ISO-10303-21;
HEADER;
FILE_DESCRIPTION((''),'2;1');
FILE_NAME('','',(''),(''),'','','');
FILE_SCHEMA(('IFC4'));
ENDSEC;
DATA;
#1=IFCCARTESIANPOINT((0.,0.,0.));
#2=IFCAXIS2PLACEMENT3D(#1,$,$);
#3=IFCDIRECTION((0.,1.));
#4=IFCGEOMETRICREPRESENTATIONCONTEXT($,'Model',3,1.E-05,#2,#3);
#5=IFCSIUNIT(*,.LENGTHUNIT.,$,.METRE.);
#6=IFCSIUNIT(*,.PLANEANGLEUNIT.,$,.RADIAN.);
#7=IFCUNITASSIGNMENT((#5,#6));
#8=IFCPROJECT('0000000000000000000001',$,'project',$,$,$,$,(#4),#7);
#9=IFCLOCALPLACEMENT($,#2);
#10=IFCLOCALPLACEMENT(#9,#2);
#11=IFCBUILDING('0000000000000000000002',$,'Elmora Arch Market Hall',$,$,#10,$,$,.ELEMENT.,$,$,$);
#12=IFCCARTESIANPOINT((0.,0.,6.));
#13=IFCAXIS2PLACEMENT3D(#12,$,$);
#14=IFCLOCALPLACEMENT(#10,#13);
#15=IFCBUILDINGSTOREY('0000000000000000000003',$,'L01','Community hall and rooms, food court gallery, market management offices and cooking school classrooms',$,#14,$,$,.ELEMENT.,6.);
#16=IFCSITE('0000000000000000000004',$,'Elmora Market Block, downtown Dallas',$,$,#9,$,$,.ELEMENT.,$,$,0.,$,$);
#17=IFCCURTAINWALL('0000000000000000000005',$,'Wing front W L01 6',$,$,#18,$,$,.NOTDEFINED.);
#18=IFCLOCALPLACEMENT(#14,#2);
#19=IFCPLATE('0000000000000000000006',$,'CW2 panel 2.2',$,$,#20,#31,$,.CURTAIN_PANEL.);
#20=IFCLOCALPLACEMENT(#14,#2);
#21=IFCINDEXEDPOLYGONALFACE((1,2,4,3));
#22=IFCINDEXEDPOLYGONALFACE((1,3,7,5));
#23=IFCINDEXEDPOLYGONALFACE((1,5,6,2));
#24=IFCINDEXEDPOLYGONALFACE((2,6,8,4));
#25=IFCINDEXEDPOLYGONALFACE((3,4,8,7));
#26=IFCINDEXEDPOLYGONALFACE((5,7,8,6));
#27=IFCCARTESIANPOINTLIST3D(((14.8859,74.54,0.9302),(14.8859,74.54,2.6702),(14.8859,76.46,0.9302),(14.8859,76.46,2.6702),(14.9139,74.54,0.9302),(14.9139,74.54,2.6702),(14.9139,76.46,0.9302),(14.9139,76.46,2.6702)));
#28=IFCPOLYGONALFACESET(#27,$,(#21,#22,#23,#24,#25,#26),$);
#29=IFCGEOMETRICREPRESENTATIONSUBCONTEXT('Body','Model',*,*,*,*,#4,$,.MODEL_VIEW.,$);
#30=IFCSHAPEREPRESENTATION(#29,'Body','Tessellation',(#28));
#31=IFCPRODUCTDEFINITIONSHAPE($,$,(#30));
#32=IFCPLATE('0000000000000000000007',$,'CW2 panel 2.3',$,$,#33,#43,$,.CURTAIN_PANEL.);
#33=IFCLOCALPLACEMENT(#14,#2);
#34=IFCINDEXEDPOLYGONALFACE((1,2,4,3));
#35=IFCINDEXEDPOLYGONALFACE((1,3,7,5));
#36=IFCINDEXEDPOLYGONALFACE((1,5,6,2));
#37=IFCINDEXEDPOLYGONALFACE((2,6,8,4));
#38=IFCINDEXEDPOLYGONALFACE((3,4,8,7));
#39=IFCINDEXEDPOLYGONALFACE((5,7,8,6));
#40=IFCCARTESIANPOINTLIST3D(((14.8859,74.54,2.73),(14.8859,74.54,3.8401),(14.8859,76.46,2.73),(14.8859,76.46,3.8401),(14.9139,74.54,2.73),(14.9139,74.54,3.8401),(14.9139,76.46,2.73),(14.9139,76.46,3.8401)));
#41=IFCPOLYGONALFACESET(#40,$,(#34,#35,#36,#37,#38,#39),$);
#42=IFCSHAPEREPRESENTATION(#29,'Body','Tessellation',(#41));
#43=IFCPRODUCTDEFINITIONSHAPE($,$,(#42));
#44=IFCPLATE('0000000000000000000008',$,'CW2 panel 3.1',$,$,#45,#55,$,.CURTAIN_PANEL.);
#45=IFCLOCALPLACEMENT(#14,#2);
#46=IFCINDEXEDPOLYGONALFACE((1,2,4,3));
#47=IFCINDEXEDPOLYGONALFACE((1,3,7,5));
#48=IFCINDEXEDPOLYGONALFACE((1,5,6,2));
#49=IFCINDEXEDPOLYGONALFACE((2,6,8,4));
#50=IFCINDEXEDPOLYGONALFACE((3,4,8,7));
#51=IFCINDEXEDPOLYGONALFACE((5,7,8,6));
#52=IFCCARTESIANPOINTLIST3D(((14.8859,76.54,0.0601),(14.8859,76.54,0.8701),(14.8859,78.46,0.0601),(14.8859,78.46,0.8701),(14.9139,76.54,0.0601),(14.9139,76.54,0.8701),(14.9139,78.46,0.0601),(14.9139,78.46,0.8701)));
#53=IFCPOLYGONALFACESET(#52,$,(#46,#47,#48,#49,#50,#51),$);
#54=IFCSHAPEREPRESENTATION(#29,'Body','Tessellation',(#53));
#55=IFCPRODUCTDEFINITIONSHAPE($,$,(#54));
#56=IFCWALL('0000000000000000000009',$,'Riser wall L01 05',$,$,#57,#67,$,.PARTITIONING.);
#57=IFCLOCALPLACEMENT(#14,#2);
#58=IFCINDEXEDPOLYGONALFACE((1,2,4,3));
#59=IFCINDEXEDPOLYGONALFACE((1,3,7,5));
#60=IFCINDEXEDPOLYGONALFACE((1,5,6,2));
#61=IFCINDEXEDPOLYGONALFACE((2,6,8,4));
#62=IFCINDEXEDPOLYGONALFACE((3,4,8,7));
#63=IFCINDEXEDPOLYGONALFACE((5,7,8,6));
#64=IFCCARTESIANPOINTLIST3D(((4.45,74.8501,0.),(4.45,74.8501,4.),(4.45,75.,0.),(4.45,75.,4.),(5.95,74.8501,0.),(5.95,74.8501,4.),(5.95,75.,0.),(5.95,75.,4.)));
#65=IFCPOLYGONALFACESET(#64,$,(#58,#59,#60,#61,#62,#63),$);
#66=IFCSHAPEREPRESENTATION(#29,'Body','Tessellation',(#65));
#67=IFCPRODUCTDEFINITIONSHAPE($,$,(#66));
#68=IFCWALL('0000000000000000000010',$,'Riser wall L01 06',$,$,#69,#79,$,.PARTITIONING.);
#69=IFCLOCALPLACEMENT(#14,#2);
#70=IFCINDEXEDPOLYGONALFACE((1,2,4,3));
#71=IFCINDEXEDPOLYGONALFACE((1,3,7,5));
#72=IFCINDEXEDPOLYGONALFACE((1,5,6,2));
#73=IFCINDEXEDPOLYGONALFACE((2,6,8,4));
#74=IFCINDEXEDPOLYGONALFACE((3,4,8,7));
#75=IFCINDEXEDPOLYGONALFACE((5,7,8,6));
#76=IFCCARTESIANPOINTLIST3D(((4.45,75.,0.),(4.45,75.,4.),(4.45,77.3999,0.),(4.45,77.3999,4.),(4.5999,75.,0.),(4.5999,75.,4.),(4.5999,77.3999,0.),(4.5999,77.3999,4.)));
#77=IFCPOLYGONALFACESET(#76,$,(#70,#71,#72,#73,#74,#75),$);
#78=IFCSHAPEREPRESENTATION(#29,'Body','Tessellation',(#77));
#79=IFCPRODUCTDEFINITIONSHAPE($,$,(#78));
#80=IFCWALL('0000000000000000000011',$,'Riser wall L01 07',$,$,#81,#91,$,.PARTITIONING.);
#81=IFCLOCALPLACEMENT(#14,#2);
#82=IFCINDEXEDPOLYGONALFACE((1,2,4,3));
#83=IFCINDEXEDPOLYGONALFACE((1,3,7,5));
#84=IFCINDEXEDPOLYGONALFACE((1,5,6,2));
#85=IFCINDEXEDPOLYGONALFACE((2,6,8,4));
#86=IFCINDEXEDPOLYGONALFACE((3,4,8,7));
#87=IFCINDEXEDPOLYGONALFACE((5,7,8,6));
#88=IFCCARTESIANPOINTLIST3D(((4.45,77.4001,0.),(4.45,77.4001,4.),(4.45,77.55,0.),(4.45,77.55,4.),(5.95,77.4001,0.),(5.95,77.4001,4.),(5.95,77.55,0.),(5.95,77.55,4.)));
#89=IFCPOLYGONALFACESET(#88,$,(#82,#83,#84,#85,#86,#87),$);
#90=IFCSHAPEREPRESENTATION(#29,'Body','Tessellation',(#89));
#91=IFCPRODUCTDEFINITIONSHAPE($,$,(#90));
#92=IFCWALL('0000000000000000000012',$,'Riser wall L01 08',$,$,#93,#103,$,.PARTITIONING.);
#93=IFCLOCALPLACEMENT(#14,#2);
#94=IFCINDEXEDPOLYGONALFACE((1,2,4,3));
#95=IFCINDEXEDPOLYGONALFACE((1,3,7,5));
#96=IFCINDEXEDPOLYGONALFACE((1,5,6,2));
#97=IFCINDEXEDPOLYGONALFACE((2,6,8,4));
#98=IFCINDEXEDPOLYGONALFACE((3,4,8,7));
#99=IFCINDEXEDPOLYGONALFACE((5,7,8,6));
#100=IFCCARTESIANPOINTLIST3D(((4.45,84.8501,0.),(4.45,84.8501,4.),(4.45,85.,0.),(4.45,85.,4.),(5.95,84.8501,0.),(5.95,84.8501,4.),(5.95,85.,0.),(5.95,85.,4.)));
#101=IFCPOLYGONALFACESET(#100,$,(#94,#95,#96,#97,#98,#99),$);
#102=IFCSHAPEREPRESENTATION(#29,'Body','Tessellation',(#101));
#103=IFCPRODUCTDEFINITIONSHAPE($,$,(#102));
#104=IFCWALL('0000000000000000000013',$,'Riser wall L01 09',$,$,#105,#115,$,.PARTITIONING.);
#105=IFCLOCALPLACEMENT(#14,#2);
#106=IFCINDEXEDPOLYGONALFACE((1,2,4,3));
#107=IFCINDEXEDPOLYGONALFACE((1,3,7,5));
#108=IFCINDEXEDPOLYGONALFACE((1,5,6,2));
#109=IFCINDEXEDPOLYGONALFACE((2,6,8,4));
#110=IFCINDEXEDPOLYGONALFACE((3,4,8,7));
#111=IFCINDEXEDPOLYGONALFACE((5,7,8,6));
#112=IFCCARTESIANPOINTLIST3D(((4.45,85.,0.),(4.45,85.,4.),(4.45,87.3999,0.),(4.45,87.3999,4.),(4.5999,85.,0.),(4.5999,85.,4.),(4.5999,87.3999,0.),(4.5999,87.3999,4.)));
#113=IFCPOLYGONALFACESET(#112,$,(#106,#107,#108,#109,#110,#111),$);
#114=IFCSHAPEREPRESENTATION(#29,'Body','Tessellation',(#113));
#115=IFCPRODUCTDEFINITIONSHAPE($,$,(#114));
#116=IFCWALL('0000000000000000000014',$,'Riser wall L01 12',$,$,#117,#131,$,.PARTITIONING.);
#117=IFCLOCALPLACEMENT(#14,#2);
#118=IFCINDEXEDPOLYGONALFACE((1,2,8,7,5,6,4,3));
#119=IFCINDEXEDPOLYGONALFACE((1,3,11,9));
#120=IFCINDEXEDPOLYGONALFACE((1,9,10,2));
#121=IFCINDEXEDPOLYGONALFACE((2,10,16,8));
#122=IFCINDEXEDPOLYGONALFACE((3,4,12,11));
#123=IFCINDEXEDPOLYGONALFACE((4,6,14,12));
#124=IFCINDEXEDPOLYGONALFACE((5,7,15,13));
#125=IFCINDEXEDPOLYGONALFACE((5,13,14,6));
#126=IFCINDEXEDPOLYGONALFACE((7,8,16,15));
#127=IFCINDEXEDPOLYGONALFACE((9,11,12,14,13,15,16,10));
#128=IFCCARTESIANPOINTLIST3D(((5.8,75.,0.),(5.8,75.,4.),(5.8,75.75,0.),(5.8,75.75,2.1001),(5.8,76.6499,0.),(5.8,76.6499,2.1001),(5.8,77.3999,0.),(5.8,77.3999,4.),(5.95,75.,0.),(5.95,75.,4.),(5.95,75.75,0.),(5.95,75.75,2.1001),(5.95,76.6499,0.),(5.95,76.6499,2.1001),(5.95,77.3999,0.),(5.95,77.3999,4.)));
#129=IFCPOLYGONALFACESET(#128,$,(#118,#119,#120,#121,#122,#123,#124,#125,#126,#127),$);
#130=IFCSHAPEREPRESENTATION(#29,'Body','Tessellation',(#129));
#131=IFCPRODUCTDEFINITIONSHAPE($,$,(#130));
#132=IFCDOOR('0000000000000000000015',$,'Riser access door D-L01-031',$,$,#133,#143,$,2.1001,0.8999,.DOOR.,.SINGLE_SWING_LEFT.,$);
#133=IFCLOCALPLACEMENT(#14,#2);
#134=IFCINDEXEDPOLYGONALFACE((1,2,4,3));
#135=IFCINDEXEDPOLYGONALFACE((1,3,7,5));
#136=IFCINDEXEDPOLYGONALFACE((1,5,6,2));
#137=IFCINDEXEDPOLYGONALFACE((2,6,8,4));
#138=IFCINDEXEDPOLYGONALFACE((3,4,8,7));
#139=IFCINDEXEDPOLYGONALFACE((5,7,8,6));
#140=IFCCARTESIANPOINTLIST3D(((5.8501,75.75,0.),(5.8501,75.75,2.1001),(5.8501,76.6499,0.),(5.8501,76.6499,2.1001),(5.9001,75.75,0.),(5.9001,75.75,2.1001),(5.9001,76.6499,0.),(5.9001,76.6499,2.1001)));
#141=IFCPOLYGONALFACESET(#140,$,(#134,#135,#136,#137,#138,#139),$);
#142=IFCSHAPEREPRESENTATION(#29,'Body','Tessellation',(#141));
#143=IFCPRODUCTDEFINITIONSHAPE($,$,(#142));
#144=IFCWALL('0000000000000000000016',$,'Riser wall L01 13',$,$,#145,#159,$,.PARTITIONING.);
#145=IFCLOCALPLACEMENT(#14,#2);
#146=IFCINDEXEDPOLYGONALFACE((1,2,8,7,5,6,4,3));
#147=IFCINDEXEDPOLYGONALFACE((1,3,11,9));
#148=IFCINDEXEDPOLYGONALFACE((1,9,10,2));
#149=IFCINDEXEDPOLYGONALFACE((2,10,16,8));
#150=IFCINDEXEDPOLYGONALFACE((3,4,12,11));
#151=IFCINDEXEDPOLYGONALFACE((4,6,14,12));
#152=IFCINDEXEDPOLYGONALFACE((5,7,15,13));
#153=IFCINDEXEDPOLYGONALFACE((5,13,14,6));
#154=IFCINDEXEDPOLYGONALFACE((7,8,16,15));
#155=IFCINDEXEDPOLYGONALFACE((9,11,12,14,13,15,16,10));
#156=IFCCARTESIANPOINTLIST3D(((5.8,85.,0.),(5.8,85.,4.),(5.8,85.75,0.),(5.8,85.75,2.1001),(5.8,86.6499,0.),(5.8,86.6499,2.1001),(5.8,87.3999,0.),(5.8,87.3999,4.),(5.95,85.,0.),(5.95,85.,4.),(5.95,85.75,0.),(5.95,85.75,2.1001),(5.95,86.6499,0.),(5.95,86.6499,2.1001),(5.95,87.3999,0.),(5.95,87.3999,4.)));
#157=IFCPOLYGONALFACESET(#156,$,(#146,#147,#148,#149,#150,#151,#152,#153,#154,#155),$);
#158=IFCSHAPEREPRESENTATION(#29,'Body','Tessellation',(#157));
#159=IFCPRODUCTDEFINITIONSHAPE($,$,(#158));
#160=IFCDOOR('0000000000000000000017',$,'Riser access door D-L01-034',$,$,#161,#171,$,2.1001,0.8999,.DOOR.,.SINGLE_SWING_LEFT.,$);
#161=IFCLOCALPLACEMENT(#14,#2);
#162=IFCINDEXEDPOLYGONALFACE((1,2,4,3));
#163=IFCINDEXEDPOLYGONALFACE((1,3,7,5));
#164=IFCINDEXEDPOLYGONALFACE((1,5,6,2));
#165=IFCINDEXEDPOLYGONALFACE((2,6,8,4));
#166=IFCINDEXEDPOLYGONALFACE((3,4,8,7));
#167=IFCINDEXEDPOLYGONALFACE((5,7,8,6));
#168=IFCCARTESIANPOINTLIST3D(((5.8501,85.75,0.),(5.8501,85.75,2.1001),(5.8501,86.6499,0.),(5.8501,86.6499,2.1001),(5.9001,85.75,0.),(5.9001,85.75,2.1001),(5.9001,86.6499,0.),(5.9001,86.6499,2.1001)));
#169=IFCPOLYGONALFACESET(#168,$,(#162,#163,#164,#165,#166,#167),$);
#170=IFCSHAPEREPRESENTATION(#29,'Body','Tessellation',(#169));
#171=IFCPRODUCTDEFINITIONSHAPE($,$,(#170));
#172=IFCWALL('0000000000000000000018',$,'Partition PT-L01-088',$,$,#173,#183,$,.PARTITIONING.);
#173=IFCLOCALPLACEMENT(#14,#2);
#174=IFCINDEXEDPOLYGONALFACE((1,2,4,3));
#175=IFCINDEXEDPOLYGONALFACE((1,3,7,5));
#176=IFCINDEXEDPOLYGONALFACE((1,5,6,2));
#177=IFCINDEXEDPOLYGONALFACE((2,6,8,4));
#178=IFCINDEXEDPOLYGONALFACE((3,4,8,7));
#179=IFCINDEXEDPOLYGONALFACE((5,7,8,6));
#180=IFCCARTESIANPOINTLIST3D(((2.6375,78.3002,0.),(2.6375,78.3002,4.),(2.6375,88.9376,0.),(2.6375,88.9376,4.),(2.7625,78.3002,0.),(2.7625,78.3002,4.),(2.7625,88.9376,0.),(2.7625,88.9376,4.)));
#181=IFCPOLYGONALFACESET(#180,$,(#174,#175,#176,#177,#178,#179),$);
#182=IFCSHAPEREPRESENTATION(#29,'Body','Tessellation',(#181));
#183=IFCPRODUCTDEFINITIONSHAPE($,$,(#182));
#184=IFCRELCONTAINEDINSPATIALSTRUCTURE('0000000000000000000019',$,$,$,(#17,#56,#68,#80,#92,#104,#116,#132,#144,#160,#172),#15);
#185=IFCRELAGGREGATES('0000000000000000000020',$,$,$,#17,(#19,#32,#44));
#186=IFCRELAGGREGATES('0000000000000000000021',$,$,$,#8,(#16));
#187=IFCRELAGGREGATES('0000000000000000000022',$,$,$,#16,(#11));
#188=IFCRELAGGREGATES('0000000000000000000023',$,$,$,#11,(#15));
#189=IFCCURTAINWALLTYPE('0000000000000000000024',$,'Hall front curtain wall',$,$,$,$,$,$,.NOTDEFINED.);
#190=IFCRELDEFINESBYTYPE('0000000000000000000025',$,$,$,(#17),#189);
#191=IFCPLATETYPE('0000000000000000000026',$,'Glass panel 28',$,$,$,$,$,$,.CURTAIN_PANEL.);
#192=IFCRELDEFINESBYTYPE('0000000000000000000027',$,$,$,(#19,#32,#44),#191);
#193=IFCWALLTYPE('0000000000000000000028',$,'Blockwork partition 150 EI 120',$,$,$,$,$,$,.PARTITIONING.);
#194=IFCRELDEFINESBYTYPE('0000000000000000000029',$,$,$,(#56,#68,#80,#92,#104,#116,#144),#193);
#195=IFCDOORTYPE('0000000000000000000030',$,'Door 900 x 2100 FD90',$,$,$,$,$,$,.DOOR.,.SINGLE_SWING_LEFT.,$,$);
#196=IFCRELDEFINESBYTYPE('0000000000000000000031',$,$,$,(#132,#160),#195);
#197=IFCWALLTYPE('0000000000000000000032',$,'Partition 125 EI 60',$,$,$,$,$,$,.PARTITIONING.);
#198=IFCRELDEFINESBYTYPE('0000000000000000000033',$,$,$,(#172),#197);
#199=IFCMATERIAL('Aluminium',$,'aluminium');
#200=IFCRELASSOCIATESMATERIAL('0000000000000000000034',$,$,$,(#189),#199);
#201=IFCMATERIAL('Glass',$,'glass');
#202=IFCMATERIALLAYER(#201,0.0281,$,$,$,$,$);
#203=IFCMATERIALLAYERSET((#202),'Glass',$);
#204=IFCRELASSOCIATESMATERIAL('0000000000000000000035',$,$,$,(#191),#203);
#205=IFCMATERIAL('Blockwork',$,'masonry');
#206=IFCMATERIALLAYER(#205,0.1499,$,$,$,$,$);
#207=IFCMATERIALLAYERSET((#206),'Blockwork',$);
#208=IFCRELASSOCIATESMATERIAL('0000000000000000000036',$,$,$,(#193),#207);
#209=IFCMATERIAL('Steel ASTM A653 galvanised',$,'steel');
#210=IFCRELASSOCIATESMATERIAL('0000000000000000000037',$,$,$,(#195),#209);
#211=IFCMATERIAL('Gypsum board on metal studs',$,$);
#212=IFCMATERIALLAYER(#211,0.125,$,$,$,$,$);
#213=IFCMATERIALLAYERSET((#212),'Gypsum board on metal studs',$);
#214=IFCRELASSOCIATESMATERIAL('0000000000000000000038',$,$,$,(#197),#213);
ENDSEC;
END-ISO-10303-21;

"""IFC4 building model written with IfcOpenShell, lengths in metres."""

from ifc_helpers import new_model, si_unit, direction, frame, frame_2d, origin, origin_2d, place, context, subcontext, project, spatial, rectangle, extrude, material, layer, layer_set, type_object, element, fill, aggregate, save


model = new_model("IFC4")

# Units and contexts
model_context = context("Model", 3, precision=1e-05, world=origin(), true_north=direction((0.0, 1.0)))
body_context = subcontext(model_context, "Body", "Model", "MODEL_VIEW")
ifc_project = project(units=[si_unit("LENGTHUNIT", "METRE"), si_unit("PLANEANGLEUNIT", "RADIAN")], contexts=[model_context])

# Site, building, storey
site_placement = place(None, origin())
site = spatial("IfcSite", under=ifc_project, at=site_placement, Name="Elmora Market Block, downtown Dallas", CompositionType="ELEMENT", RefElevation=0.0)
building_placement = place(site_placement, origin())
building = spatial("IfcBuilding", under=site, at=building_placement, Name="Elmora Arch Market Hall", CompositionType="ELEMENT")
storey_placement = place(building_placement, frame((0.0, 0.0, 6.0)))
storey = spatial("IfcBuildingStorey", under=building, at=storey_placement, Name="L01", Description="Community hall and rooms, food court gallery, market management offices and cooking school classrooms", CompositionType="ELEMENT", Elevation=6.0)

# Curtain wall
ifc_material_1 = material(Name="Aluminium", Category="aluminium")
curtain_wall_type = type_object("IfcCurtainWallType", Name="Hall front curtain wall", PredefinedType="NOTDEFINED", material=ifc_material_1)
curtain_wall_placement = place(storey_placement, origin())
curtain_wall = element("IfcCurtainWall", 1, at=curtain_wall_placement, inside=storey, type_object=curtain_wall_type, Name="Wing front W L01 6", PredefinedType="NOTDEFINED")

# Plates
ifc_material_2 = material(Name="Glass", Category="glass")
ifc_layer_1 = layer(ifc_material_2, 0.0281)
ifc_layer_set_1 = layer_set([ifc_layer_1], Name="Glass")
plate_type = type_object("IfcPlateType", Name="Glass panel 28", PredefinedType="CURTAIN_PANEL", material=ifc_layer_set_1)
plate_1_placement = place(storey_placement, frame((14.8999, 75.5, 0.9302), z_axis=(0.0, 0.0, 1.0), x_axis=(0.0, 1.0, 0.0)))
plate_1 = element("IfcPlate", 2, at=plate_1_placement, type_object=plate_type, Name="CW2 panel 2.2", PredefinedType="CURTAIN_PANEL", context=body_context, shape_type="SweptSolid", body=[
    extrude(rectangle(XDim=1.9199, YDim=0.0281, at=origin_2d()), origin(), (0.0, 0.0, 1.0), 1.74),
])
plate_2_placement = place(storey_placement, frame((14.8999, 75.5, 2.73), z_axis=(0.0, 0.0, 1.0), x_axis=(0.0, 1.0, 0.0)))
plate_2 = element("IfcPlate", 3, at=plate_2_placement, type_object=plate_type, Name="CW2 panel 2.3", PredefinedType="CURTAIN_PANEL", context=body_context, shape_type="SweptSolid", body=[
    extrude(rectangle(XDim=1.9199, YDim=0.0281, at=origin_2d()), origin(), (0.0, 0.0, 1.0), 1.1101),
])
plate_3_placement = place(storey_placement, frame((14.8999, 77.5, 0.0601), z_axis=(0.0, 0.0, 1.0), x_axis=(0.0, 1.0, 0.0)))
plate_3 = element("IfcPlate", 4, at=plate_3_placement, type_object=plate_type, Name="CW2 panel 3.1", PredefinedType="CURTAIN_PANEL", context=body_context, shape_type="SweptSolid", body=[
    extrude(rectangle(XDim=1.9199, YDim=0.0281, at=origin_2d()), origin(), (0.0, 0.0, 1.0), 0.8101),
])
aggregate(curtain_wall, [plate_1, plate_2, plate_3])

# Walls
ifc_material_3 = material(Name="Blockwork", Category="masonry")
ifc_layer_2 = layer(ifc_material_3, 0.1499)
ifc_layer_set_2 = layer_set([ifc_layer_2], Name="Blockwork")
wall_type_1 = type_object("IfcWallType", Name="Blockwork partition 150 EI 120", PredefinedType="PARTITIONING", material=ifc_layer_set_2)
wall_1_placement = place(storey_placement, frame((4.45, 74.925, 0.0), z_axis=(0.0, 0.0, 1.0), x_axis=(1.0, 0.0, 0.0)))
element("IfcWall", 5, at=wall_1_placement, inside=storey, type_object=wall_type_1, Name="Riser wall L01 05", PredefinedType="PARTITIONING", context=body_context, shape_type="SweptSolid", body=[
    extrude(rectangle(XDim=1.5, YDim=0.1499, at=frame_2d((0.75, 0.0))), origin(), (0.0, 0.0, 1.0), 4.0),
])
wall_2_placement = place(storey_placement, frame((4.5249, 75.0, 0.0), z_axis=(0.0, 0.0, 1.0), x_axis=(0.0, 1.0, 0.0)))
element("IfcWall", 6, at=wall_2_placement, inside=storey, type_object=wall_type_1, Name="Riser wall L01 06", PredefinedType="PARTITIONING", context=body_context, shape_type="SweptSolid", body=[
    extrude(rectangle(XDim=2.3999, YDim=0.1499, at=frame_2d((1.2, 0.0))), origin(), (0.0, 0.0, 1.0), 4.0),
])
for number, where, z_axis, x_axis, name in (
    (7, (4.45, 77.4751, 0.0), (0.0, 0.0, 1.0), (1.0, 0.0, 0.0), "Riser wall L01 07"),
    (8, (4.45, 84.925, 0.0), (0.0, 0.0, 1.0), (1.0, 0.0, 0.0), "Riser wall L01 08"),
):
    element("IfcWall", number, at=place(storey_placement, frame(where, z_axis=z_axis, x_axis=x_axis)), inside=storey, type_object=wall_type_1, Name=name, PredefinedType="PARTITIONING", context=body_context, shape_type="SweptSolid", body=[
        extrude(rectangle(XDim=1.5, YDim=0.1499, at=frame_2d((0.75, 0.0))), origin(), (0.0, 0.0, 1.0), 4.0),
    ])
wall_3_placement = place(storey_placement, frame((4.5249, 85.0, 0.0), z_axis=(0.0, 0.0, 1.0), x_axis=(0.0, 1.0, 0.0)))
element("IfcWall", 9, at=wall_3_placement, inside=storey, type_object=wall_type_1, Name="Riser wall L01 09", PredefinedType="PARTITIONING", context=body_context, shape_type="SweptSolid", body=[
    extrude(rectangle(XDim=2.3999, YDim=0.1499, at=frame_2d((1.2, 0.0))), origin(), (0.0, 0.0, 1.0), 4.0),
])

# Walls, openings, doors
wall_4_placement = place(storey_placement, frame((5.875, 75.0, 0.0), z_axis=(0.0, 0.0, 1.0), x_axis=(0.0, 1.0, 0.0)))
wall_4 = element("IfcWall", 10, at=wall_4_placement, inside=storey, type_object=wall_type_1, Name="Riser wall L01 12", PredefinedType="PARTITIONING", context=body_context, shape_type="SweptSolid", body=[
    extrude(rectangle(XDim=2.3999, YDim=0.1499, at=frame_2d((1.2, 0.0))), origin(), (0.0, 0.0, 1.0), 4.0),
])
opening_1_placement = place(wall_4_placement, frame((0.75, 0.0, 0.0)))
opening_1 = element("IfcOpeningElement", 11, at=opening_1_placement, cuts=wall_4, PredefinedType="OPENING", context=body_context, shape_type="SweptSolid", body=[
    extrude(rectangle(XDim=0.8999, YDim=2.1001, at=frame_2d((0.45, 1.05))), frame((0.0, 0.085, 0.0), z_axis=(0.0, -1.0, 0.0), x_axis=(1.0, 0.0, 0.0)), (0.0, 0.0, 1.0), 0.1699),
])
ifc_material_4 = material(Name="Steel ASTM A653 galvanised", Category="steel")
door_type = type_object("IfcDoorType", Name="Door 900 x 2100 FD90", OperationType="SINGLE_SWING_LEFT", PredefinedType="DOOR", material=ifc_material_4)
door_1_placement = place(opening_1_placement, origin())
door_1 = element("IfcDoor", 12, at=door_1_placement, inside=storey, type_object=door_type, Name="Riser access door D-L01-031", OperationType="SINGLE_SWING_LEFT", OverallHeight=2.1001, OverallWidth=0.8999, PredefinedType="DOOR", context=body_context, shape_type="SweptSolid", body=[
    extrude(rectangle(XDim=0.8999, YDim=2.1001, at=frame_2d((0.45, 1.05))), frame((0.0, 0.0249, 0.0), z_axis=(0.0, -1.0, 0.0), x_axis=(1.0, 0.0, 0.0)), (0.0, 0.0, 1.0), 0.05),
])
fill(opening_1, door_1)
wall_5_placement = place(storey_placement, frame((5.875, 85.0, 0.0), z_axis=(0.0, 0.0, 1.0), x_axis=(0.0, 1.0, 0.0)))
wall_5 = element("IfcWall", 13, at=wall_5_placement, inside=storey, type_object=wall_type_1, Name="Riser wall L01 13", PredefinedType="PARTITIONING", context=body_context, shape_type="SweptSolid", body=[
    extrude(rectangle(XDim=2.3999, YDim=0.1499, at=frame_2d((1.2, 0.0))), origin(), (0.0, 0.0, 1.0), 4.0),
])
opening_2_placement = place(wall_5_placement, frame((0.75, 0.0, 0.0)))
opening_2 = element("IfcOpeningElement", 14, at=opening_2_placement, cuts=wall_5, PredefinedType="OPENING", context=body_context, shape_type="SweptSolid", body=[
    extrude(rectangle(XDim=0.8999, YDim=2.1001, at=frame_2d((0.45, 1.05))), frame((0.0, 0.085, 0.0), z_axis=(0.0, -1.0, 0.0), x_axis=(1.0, 0.0, 0.0)), (0.0, 0.0, 1.0), 0.1699),
])
door_2_placement = place(opening_2_placement, origin())
door_2 = element("IfcDoor", 15, at=door_2_placement, inside=storey, type_object=door_type, Name="Riser access door D-L01-034", OperationType="SINGLE_SWING_LEFT", OverallHeight=2.1001, OverallWidth=0.8999, PredefinedType="DOOR", context=body_context, shape_type="SweptSolid", body=[
    extrude(rectangle(XDim=0.8999, YDim=2.1001, at=frame_2d((0.45, 1.05))), frame((0.0, 0.0249, 0.0), z_axis=(0.0, -1.0, 0.0), x_axis=(1.0, 0.0, 0.0)), (0.0, 0.0, 1.0), 0.05),
])
fill(opening_2, door_2)

# Wall
ifc_material_5 = material(Name="Gypsum board on metal studs")
ifc_layer_3 = layer(ifc_material_5, 0.125)
ifc_layer_set_3 = layer_set([ifc_layer_3], Name="Gypsum board on metal studs")
wall_type_2 = type_object("IfcWallType", Name="Partition 125 EI 60", PredefinedType="PARTITIONING", material=ifc_layer_set_3)
wall_6_placement = place(storey_placement, frame((2.7, 78.3, 0.0), z_axis=(0.0, 0.0, 1.0), x_axis=(0.0, 1.0, 0.0)))
element("IfcWall", 16, at=wall_6_placement, inside=storey, type_object=wall_type_2, Name="Partition PT-L01-088", PredefinedType="PARTITIONING", context=body_context, shape_type="SweptSolid", body=[
    extrude(rectangle(XDim=10.6375, YDim=0.125, at=frame_2d((5.3188, 0.0))), origin(), (0.0, 0.0, 1.0), 4.0),
])

save(model, "model.ifc")
